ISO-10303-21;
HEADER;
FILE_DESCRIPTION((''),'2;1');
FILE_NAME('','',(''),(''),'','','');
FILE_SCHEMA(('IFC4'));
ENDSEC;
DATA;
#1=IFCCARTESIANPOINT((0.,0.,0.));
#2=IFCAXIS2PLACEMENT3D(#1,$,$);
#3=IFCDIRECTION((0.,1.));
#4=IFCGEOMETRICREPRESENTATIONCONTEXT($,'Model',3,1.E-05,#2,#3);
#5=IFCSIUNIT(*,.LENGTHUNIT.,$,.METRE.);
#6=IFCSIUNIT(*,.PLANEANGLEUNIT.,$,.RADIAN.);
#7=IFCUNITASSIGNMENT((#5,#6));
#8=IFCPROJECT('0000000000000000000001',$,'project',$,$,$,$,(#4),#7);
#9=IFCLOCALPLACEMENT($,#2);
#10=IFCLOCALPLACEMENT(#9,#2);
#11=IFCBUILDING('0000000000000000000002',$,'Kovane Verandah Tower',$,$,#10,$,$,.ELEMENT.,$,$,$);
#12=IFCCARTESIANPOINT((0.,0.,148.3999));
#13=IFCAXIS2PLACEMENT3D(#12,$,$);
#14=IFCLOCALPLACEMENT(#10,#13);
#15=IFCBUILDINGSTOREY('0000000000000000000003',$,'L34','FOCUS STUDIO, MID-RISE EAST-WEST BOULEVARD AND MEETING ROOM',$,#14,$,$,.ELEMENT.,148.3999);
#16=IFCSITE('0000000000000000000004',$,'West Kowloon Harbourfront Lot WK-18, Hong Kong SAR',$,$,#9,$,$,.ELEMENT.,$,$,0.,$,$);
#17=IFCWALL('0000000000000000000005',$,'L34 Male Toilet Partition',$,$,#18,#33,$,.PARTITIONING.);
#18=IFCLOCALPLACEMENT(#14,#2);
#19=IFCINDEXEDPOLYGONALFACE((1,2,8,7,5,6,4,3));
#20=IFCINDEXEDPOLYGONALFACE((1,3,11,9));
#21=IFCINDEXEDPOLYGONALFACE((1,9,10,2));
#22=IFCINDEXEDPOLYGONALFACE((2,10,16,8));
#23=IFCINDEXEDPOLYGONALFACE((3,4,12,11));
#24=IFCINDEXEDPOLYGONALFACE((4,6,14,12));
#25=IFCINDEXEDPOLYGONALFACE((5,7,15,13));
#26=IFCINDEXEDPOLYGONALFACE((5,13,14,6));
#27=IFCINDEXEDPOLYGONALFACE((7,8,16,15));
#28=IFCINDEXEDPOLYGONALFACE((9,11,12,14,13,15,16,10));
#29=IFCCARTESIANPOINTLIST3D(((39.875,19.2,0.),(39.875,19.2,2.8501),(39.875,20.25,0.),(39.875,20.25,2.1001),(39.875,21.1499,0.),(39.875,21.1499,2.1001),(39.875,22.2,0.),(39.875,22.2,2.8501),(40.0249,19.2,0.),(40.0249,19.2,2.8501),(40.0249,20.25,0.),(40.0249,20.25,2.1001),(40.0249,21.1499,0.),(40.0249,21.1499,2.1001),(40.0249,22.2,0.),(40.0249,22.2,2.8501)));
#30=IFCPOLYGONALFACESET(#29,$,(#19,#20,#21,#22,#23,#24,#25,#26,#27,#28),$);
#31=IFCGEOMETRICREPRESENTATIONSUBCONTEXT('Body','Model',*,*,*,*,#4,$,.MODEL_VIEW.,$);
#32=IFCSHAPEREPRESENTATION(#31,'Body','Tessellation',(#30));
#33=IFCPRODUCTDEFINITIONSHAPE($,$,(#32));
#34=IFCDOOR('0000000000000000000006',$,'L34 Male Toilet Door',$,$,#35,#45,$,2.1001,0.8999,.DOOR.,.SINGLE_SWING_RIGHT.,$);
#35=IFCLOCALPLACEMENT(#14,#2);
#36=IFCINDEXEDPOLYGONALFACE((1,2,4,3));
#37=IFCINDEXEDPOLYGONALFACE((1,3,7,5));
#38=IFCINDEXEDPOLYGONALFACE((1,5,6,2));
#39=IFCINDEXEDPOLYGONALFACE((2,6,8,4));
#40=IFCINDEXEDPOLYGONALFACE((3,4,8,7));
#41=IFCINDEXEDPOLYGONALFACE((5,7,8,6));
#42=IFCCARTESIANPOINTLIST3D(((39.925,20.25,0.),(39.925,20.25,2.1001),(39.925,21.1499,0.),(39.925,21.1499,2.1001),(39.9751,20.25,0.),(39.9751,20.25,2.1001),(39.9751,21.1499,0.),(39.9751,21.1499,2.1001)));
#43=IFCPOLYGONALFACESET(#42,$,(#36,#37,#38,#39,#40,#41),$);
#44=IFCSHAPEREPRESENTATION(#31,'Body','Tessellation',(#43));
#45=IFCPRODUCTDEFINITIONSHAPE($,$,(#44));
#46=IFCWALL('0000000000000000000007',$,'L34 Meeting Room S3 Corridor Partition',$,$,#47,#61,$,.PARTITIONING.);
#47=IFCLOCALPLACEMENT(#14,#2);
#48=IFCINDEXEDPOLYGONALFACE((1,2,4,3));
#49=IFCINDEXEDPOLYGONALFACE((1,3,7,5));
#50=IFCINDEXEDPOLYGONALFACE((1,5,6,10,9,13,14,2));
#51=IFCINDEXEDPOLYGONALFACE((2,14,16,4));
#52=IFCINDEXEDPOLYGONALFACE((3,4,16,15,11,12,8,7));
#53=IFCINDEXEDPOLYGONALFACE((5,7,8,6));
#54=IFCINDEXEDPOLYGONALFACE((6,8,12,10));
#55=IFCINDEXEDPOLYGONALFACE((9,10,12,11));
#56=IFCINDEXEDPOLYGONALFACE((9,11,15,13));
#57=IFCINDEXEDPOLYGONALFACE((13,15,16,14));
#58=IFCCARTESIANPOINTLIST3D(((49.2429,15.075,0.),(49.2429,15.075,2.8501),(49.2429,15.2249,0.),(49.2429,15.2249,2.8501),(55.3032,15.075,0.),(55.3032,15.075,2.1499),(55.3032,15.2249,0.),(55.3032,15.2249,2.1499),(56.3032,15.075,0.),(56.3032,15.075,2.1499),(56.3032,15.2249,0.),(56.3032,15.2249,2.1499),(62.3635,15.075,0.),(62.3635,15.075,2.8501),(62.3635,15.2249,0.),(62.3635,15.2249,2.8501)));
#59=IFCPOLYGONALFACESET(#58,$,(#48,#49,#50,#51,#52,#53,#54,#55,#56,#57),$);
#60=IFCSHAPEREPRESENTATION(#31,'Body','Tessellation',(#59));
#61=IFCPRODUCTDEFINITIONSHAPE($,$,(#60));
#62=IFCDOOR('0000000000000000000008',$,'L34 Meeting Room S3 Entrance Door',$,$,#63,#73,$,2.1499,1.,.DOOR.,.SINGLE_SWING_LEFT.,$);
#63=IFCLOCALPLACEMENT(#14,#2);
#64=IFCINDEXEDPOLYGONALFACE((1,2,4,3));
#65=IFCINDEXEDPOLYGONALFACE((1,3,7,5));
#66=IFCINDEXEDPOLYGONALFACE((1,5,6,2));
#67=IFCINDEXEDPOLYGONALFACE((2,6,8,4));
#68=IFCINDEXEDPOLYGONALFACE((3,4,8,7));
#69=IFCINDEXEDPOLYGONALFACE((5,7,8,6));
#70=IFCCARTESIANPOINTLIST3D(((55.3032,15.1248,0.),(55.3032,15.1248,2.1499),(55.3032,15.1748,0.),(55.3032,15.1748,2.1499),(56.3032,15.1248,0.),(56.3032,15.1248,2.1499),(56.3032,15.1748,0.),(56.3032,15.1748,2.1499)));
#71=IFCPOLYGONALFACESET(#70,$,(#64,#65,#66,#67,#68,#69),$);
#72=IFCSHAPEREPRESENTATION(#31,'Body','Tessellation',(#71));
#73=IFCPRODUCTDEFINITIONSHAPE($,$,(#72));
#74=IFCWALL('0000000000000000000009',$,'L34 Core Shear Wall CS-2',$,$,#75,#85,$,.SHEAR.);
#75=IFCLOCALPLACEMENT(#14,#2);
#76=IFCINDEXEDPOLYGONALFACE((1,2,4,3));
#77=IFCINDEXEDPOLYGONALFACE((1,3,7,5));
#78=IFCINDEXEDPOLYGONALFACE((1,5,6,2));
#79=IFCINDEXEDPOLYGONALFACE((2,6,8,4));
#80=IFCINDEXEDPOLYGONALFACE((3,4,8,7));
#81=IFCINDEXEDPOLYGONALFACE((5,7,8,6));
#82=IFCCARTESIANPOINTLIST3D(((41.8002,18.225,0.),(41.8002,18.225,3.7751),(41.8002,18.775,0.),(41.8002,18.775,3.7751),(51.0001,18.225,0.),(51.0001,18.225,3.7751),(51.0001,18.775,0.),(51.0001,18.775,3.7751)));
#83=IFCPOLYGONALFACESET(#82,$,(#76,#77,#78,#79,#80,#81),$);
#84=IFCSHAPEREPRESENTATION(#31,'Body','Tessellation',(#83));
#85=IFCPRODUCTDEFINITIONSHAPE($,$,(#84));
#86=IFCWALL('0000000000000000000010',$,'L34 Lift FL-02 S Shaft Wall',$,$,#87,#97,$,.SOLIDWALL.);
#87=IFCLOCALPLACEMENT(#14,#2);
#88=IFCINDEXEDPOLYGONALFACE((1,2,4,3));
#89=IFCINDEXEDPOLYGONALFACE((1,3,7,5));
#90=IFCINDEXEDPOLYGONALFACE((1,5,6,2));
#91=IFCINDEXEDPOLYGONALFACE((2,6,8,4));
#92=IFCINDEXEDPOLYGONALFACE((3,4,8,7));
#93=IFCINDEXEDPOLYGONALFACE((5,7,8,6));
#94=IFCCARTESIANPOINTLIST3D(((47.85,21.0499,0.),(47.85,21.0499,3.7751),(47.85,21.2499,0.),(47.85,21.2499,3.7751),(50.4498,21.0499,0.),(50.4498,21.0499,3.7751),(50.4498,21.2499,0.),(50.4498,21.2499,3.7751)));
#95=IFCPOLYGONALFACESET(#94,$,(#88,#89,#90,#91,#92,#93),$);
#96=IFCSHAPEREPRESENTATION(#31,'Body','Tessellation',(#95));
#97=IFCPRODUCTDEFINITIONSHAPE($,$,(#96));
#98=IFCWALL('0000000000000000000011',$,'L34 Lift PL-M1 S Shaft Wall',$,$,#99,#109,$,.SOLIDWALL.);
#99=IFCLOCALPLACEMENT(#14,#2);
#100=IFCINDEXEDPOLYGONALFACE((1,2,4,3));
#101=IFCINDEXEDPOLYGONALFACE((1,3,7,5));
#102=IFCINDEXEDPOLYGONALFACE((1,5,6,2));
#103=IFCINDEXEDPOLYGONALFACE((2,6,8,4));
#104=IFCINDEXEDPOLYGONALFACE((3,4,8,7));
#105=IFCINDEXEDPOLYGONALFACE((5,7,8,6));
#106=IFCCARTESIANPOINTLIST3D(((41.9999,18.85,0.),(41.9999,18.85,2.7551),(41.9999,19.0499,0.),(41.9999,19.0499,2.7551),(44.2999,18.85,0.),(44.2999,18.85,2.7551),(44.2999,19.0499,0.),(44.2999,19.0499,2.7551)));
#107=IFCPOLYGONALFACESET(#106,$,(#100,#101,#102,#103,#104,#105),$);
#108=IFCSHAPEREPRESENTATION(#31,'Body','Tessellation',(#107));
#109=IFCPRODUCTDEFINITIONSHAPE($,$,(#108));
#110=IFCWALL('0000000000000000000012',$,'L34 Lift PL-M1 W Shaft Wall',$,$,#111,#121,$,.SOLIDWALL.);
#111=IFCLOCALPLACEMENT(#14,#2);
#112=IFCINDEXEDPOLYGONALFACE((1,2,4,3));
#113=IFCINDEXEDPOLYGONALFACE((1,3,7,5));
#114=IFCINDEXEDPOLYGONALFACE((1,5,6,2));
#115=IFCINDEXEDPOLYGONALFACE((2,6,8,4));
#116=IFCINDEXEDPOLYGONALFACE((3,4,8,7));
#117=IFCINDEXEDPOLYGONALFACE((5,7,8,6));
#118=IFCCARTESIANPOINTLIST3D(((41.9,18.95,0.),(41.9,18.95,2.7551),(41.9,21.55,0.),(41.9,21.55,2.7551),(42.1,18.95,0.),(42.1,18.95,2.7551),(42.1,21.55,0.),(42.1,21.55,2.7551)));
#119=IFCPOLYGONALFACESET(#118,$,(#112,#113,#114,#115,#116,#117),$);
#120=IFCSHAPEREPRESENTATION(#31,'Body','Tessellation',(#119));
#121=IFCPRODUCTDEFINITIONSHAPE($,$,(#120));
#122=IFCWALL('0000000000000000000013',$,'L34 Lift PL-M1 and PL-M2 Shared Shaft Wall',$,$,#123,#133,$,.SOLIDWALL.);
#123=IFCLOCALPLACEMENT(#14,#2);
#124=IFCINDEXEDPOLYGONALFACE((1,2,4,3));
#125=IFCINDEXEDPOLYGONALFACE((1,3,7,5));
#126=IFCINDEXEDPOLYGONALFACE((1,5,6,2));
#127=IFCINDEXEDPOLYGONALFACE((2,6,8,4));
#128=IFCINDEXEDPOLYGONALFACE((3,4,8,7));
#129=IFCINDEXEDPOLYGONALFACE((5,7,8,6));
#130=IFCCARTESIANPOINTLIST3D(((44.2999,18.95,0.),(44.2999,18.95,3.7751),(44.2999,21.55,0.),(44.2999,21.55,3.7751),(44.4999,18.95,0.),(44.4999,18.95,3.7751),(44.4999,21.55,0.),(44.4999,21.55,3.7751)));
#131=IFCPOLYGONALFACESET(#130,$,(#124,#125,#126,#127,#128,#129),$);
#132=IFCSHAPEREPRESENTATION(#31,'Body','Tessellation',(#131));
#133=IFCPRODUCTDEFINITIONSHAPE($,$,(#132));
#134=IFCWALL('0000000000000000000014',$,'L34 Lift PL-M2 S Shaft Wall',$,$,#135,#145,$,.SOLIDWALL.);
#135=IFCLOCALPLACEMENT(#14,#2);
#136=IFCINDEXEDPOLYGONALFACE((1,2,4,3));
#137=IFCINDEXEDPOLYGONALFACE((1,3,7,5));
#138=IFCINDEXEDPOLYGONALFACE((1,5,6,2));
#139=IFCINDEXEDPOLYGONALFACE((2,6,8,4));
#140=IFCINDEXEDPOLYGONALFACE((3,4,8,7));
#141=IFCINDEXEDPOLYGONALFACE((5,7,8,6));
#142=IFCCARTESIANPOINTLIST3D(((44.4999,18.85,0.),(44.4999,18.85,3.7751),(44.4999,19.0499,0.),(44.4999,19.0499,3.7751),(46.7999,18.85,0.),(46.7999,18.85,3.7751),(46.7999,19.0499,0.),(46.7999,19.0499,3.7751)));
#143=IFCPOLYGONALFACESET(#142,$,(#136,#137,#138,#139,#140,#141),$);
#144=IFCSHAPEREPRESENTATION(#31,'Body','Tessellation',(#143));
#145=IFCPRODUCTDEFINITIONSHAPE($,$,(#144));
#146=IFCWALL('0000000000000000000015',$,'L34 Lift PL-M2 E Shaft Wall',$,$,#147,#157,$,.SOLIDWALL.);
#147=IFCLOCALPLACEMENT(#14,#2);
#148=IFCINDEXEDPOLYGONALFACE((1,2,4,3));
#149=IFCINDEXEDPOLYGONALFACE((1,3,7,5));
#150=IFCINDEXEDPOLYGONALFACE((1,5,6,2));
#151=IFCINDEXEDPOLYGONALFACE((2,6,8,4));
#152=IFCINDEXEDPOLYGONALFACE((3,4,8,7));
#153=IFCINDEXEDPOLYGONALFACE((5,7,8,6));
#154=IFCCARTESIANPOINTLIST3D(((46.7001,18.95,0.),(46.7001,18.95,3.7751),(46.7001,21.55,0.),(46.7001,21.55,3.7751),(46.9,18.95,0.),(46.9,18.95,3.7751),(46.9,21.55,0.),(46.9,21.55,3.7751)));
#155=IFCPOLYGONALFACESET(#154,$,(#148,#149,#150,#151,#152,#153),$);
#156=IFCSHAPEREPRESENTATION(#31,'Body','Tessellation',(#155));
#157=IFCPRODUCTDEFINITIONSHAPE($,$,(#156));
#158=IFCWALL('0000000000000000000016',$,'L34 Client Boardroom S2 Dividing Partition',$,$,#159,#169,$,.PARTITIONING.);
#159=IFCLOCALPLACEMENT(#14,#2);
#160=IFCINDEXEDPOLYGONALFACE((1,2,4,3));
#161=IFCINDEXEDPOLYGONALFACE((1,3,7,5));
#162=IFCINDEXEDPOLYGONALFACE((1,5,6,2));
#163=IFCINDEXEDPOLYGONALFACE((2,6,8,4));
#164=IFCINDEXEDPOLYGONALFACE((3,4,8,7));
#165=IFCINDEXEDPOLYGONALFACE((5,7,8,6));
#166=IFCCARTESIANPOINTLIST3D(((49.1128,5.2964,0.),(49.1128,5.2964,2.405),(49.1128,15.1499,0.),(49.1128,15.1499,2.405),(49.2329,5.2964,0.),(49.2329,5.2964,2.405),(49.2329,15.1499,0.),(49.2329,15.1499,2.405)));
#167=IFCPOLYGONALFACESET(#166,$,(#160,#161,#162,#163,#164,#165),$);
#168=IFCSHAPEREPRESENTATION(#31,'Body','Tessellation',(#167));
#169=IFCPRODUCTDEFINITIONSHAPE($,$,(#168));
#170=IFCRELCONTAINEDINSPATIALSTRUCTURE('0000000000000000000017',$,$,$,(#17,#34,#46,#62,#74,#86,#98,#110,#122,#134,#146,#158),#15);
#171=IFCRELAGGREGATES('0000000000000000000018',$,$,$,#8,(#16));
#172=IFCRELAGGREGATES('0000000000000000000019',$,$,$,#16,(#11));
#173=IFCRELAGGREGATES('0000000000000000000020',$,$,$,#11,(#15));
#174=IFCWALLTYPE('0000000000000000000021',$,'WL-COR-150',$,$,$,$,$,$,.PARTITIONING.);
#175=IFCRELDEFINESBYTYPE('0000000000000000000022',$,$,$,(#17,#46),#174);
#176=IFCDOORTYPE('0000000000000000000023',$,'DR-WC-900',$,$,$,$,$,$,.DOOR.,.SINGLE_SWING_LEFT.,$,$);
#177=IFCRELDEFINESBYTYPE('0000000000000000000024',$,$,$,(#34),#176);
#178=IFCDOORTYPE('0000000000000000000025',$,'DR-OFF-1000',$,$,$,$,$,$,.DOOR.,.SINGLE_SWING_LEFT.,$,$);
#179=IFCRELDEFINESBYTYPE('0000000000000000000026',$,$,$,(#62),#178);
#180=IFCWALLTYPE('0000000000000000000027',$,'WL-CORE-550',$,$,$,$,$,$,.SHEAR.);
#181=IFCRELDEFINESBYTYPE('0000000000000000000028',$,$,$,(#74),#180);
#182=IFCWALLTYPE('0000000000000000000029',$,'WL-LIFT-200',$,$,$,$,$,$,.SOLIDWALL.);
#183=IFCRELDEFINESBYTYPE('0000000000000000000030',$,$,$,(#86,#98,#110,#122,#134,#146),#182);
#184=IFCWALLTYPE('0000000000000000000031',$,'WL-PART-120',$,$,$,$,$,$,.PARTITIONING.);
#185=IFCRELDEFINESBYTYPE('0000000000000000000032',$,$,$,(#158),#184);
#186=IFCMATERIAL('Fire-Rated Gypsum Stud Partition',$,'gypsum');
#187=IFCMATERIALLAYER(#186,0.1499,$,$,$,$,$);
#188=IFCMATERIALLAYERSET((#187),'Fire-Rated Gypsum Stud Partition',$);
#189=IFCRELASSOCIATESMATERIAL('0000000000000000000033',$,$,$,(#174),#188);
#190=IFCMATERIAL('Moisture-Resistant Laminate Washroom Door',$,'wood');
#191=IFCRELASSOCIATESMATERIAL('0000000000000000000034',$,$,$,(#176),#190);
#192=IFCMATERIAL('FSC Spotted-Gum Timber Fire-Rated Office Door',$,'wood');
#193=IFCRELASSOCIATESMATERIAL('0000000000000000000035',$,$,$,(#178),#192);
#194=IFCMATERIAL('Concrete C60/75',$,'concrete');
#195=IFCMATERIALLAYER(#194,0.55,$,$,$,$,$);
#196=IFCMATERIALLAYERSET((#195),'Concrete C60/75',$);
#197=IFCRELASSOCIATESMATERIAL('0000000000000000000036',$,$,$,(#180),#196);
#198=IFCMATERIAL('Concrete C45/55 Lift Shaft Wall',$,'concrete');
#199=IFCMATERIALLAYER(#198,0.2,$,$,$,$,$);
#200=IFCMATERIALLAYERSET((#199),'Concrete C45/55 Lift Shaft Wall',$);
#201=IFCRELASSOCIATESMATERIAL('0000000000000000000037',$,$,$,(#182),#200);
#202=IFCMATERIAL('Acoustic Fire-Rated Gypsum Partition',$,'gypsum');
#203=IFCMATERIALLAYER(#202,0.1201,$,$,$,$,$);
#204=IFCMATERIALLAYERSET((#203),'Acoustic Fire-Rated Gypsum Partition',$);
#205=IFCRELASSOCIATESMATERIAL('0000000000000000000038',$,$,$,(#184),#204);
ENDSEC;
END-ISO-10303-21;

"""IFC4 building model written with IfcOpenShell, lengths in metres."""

from ifc_helpers import new_model, si_unit, direction, frame, frame_2d, origin, place, context, subcontext, project, spatial, rectangle, extrude, material, layer, layer_set, type_object, element, fill, save


model = new_model("IFC4")

# Units and contexts
model_context = context("Model", 3, precision=1e-05, world=origin(), true_north=direction((0.0, 1.0)))
body_context = subcontext(model_context, "Body", "Model", "MODEL_VIEW")
ifc_project = project(units=[si_unit("LENGTHUNIT", "METRE"), si_unit("PLANEANGLEUNIT", "RADIAN")], contexts=[model_context])

# Site, building, storey
site_placement = place(None, origin())
site = spatial("IfcSite", under=ifc_project, at=site_placement, Name="West Kowloon Harbourfront Lot WK-18, Hong Kong SAR", CompositionType="ELEMENT", RefElevation=0.0)
building_placement = place(site_placement, origin())
building = spatial("IfcBuilding", under=site, at=building_placement, Name="Kovane Verandah Tower", CompositionType="ELEMENT")
storey_placement = place(building_placement, frame((0.0, 0.0, 148.3999)))
storey = spatial("IfcBuildingStorey", under=building, at=storey_placement, Name="L34", Description="FOCUS STUDIO, MID-RISE EAST-WEST BOULEVARD AND MEETING ROOM", CompositionType="ELEMENT", Elevation=148.3999)

# Shared definitions
ifc_material_1 = material(Name="Concrete C60/75", Category="concrete")

# Shared definitions
ifc_material_2 = material(Name="Fire-Rated Gypsum Stud Partition", Category="gypsum")
ifc_layer_1 = layer(ifc_material_2, 0.1499)
ifc_layer_set_1 = layer_set([ifc_layer_1], Name="Fire-Rated Gypsum Stud Partition")
wall_type_1 = type_object("IfcWallType", Name="WL-COR-150", PredefinedType="PARTITIONING", material=ifc_layer_set_1)

# Walls, openings, doors
wall_1_placement = place(storey_placement, frame((39.95, 19.2, 0.0), z_axis=(0.0, 0.0, 1.0), x_axis=(0.0, 1.0, 0.0)))
wall_1 = element("IfcWall", 1, at=wall_1_placement, inside=storey, type_object=wall_type_1, Name="L34 Male Toilet Partition", PredefinedType="PARTITIONING", context=body_context, shape_type="SweptSolid", body=[
    extrude(rectangle(XDim=3.0, YDim=0.1499, at=frame_2d((1.5, 0.0))), origin(), (0.0, 0.0, 1.0), 2.8501),
])
opening_1_placement = place(wall_1_placement, frame((1.05, 0.0, 0.0)))
opening_1 = element("IfcOpeningElement", 2, at=opening_1_placement, cuts=wall_1, PredefinedType="OPENING", context=body_context, shape_type="SweptSolid", body=[
    extrude(rectangle(XDim=0.8999, YDim=2.1001, at=frame_2d((0.45, 1.05))), frame((0.0, 0.075, 0.0), z_axis=(0.0, -1.0, 0.0), x_axis=(1.0, 0.0, 0.0)), (0.0, 0.0, 1.0), 0.1499),
])
ifc_material_3 = material(Name="Moisture-Resistant Laminate Washroom Door", Category="wood")
door_type_1 = type_object("IfcDoorType", Name="DR-WC-900", OperationType="SINGLE_SWING_LEFT", PredefinedType="DOOR", material=ifc_material_3)
door_1_placement = place(opening_1_placement, origin())
door_1 = element("IfcDoor", 3, at=door_1_placement, inside=storey, type_object=door_type_1, Name="L34 Male Toilet Door", OperationType="SINGLE_SWING_RIGHT", OverallHeight=2.1001, OverallWidth=0.8999, PredefinedType="DOOR", context=body_context, shape_type="SweptSolid", body=[
    extrude(rectangle(XDim=0.8999, YDim=2.1001, at=frame_2d((0.45, 1.05))), frame((0.0, 0.0249, 0.0), z_axis=(0.0, -1.0, 0.0), x_axis=(1.0, 0.0, 0.0)), (0.0, 0.0, 1.0), 0.05),
])
fill(opening_1, door_1)
ifc_material_4 = material(Name="FSC Spotted-Gum Timber Fire-Rated Office Door", Category="wood")
door_type_2 = type_object("IfcDoorType", Name="DR-OFF-1000", OperationType="SINGLE_SWING_LEFT", PredefinedType="DOOR", material=ifc_material_4)
wall_2_placement = place(storey_placement, frame((49.2429, 15.1499, 0.0), z_axis=(0.0, 0.0, 1.0), x_axis=(1.0, 0.0, 0.0)))
wall_2 = element("IfcWall", 4, at=wall_2_placement, inside=storey, type_object=wall_type_1, Name="L34 Meeting Room S3 Corridor Partition", PredefinedType="PARTITIONING", context=body_context, shape_type="SweptSolid", body=[
    extrude(rectangle(XDim=13.1206, YDim=0.1499, at=frame_2d((6.5603, 0.0))), origin(), (0.0, 0.0, 1.0), 2.8501),
])
opening_2_placement = place(wall_2_placement, frame((6.0603, 0.0, 0.0)))
opening_2 = element("IfcOpeningElement", 5, at=opening_2_placement, cuts=wall_2, PredefinedType="OPENING", context=body_context, shape_type="SweptSolid", body=[
    extrude(rectangle(XDim=1.0, YDim=2.1499, at=frame_2d((0.5, 1.075))), frame((0.0, 0.075, 0.0), z_axis=(0.0, -1.0, 0.0), x_axis=(1.0, 0.0, 0.0)), (0.0, 0.0, 1.0), 0.1499),
])
door_2_placement = place(opening_2_placement, origin())
door_2 = element("IfcDoor", 6, at=door_2_placement, inside=storey, type_object=door_type_2, Name="L34 Meeting Room S3 Entrance Door", OperationType="SINGLE_SWING_LEFT", OverallHeight=2.1499, OverallWidth=1.0, PredefinedType="DOOR", context=body_context, shape_type="SweptSolid", body=[
    extrude(rectangle(XDim=1.0, YDim=2.1499, at=frame_2d((0.5, 1.075))), frame((0.0, 0.0249, 0.0), z_axis=(0.0, -1.0, 0.0), x_axis=(1.0, 0.0, 0.0)), (0.0, 0.0, 1.0), 0.05),
])
fill(opening_2, door_2)

# Walls
ifc_layer_2 = layer(ifc_material_1, 0.55)
ifc_layer_set_2 = layer_set([ifc_layer_2], Name="Concrete C60/75")
wall_type_2 = type_object("IfcWallType", Name="WL-CORE-550", PredefinedType="SHEAR", material=ifc_layer_set_2)
wall_3_placement = place(storey_placement, frame((41.8, 18.5, 0.0), z_axis=(0.0, 0.0, 1.0), x_axis=(1.0, 0.0, 0.0)))
element("IfcWall", 7, at=wall_3_placement, inside=storey, type_object=wall_type_2, Name="L34 Core Shear Wall CS-2", PredefinedType="SHEAR", context=body_context, shape_type="SweptSolid", body=[
    extrude(rectangle(XDim=9.2, YDim=0.55, at=frame_2d((4.6001, 0.0))), origin(), (0.0, 0.0, 1.0), 3.7751),
])
ifc_material_5 = material(Name="Concrete C45/55 Lift Shaft Wall", Category="concrete")
ifc_layer_3 = layer(ifc_material_5, 0.2)
ifc_layer_set_3 = layer_set([ifc_layer_3], Name="Concrete C45/55 Lift Shaft Wall")
wall_type_3 = type_object("IfcWallType", Name="WL-LIFT-200", PredefinedType="SOLIDWALL", material=ifc_layer_set_3)
wall_4_placement = place(storey_placement, frame((47.8501, 21.1499, 0.0), z_axis=(0.0, 0.0, 1.0), x_axis=(1.0, 0.0, 0.0)))
element("IfcWall", 8, at=wall_4_placement, inside=storey, type_object=wall_type_3, Name="L34 Lift FL-02 S Shaft Wall", PredefinedType="SOLIDWALL", context=body_context, shape_type="SweptSolid", body=[
    extrude(rectangle(XDim=2.5999, YDim=0.2, at=frame_2d((1.2998, 0.0))), origin(), (0.0, 0.0, 1.0), 3.7751),
])
wall_5_placement = place(storey_placement, frame((42.0, 18.95, 0.0), z_axis=(0.0, 0.0, 1.0), x_axis=(1.0, 0.0, 0.0)))
element("IfcWall", 9, at=wall_5_placement, inside=storey, type_object=wall_type_3, Name="L34 Lift PL-M1 S Shaft Wall", PredefinedType="SOLIDWALL", context=body_context, shape_type="SweptSolid", body=[
    extrude(rectangle(XDim=2.3, YDim=0.2, at=frame_2d((1.1499, 0.0))), origin(), (0.0, 0.0, 1.0), 2.7551),
])

# Walls
wall_6_placement = place(storey_placement, frame((42.0, 21.55, 0.0), z_axis=(0.0, 0.0, 1.0), x_axis=(0.0, -1.0, 0.0)))
element("IfcWall", 10, at=wall_6_placement, inside=storey, type_object=wall_type_3, Name="L34 Lift PL-M1 W Shaft Wall", PredefinedType="SOLIDWALL", context=body_context, shape_type="SweptSolid", body=[
    extrude(rectangle(XDim=2.6001, YDim=0.2, at=frame_2d((1.3, 0.0))), origin(), (0.0, 0.0, 1.0), 2.7551),
])
wall_7_placement = place(storey_placement, frame((44.3999, 18.95, 0.0), z_axis=(0.0, 0.0, 1.0), x_axis=(0.0, 1.0, 0.0)))
element("IfcWall", 11, at=wall_7_placement, inside=storey, type_object=wall_type_3, Name="L34 Lift PL-M1 and PL-M2 Shared Shaft Wall", PredefinedType="SOLIDWALL", context=body_context, shape_type="SweptSolid", body=[
    extrude(rectangle(XDim=2.6001, YDim=0.2, at=frame_2d((1.3, 0.0))), origin(), (0.0, 0.0, 1.0), 3.7751),
])
wall_8_placement = place(storey_placement, frame((44.5, 18.95, 0.0), z_axis=(0.0, 0.0, 1.0), x_axis=(1.0, 0.0, 0.0)))
element("IfcWall", 12, at=wall_8_placement, inside=storey, type_object=wall_type_3, Name="L34 Lift PL-M2 S Shaft Wall", PredefinedType="SOLIDWALL", context=body_context, shape_type="SweptSolid", body=[
    extrude(rectangle(XDim=2.3, YDim=0.2, at=frame_2d((1.1499, 0.0))), origin(), (0.0, 0.0, 1.0), 3.7751),
])

# Walls
wall_9_placement = place(storey_placement, frame((46.8, 18.95, 0.0), z_axis=(0.0, 0.0, 1.0), x_axis=(0.0, 1.0, 0.0)))
element("IfcWall", 13, at=wall_9_placement, inside=storey, type_object=wall_type_3, Name="L34 Lift PL-M2 E Shaft Wall", PredefinedType="SOLIDWALL", context=body_context, shape_type="SweptSolid", body=[
    extrude(rectangle(XDim=2.6001, YDim=0.2, at=frame_2d((1.3, 0.0))), origin(), (0.0, 0.0, 1.0), 3.7751),
])
ifc_material_6 = material(Name="Acoustic Fire-Rated Gypsum Partition", Category="gypsum")
ifc_layer_4 = layer(ifc_material_6, 0.1201)
ifc_layer_set_4 = layer_set([ifc_layer_4], Name="Acoustic Fire-Rated Gypsum Partition")
wall_type_4 = type_object("IfcWallType", Name="WL-PART-120", PredefinedType="PARTITIONING", material=ifc_layer_set_4)
wall_10_placement = place(storey_placement, frame((49.1729, 5.2964, 0.0), z_axis=(0.0, 0.0, 1.0), x_axis=(0.0, 1.0, 0.0)))
element("IfcWall", 14, at=wall_10_placement, inside=storey, type_object=wall_type_4, Name="L34 Client Boardroom S2 Dividing Partition", PredefinedType="PARTITIONING", context=body_context, shape_type="SweptSolid", body=[
    extrude(rectangle(XDim=9.8535, YDim=0.1201, at=frame_2d((4.9268, 0.0))), origin(), (0.0, 0.0, 1.0), 2.405),
])

save(model, "model.ifc")
